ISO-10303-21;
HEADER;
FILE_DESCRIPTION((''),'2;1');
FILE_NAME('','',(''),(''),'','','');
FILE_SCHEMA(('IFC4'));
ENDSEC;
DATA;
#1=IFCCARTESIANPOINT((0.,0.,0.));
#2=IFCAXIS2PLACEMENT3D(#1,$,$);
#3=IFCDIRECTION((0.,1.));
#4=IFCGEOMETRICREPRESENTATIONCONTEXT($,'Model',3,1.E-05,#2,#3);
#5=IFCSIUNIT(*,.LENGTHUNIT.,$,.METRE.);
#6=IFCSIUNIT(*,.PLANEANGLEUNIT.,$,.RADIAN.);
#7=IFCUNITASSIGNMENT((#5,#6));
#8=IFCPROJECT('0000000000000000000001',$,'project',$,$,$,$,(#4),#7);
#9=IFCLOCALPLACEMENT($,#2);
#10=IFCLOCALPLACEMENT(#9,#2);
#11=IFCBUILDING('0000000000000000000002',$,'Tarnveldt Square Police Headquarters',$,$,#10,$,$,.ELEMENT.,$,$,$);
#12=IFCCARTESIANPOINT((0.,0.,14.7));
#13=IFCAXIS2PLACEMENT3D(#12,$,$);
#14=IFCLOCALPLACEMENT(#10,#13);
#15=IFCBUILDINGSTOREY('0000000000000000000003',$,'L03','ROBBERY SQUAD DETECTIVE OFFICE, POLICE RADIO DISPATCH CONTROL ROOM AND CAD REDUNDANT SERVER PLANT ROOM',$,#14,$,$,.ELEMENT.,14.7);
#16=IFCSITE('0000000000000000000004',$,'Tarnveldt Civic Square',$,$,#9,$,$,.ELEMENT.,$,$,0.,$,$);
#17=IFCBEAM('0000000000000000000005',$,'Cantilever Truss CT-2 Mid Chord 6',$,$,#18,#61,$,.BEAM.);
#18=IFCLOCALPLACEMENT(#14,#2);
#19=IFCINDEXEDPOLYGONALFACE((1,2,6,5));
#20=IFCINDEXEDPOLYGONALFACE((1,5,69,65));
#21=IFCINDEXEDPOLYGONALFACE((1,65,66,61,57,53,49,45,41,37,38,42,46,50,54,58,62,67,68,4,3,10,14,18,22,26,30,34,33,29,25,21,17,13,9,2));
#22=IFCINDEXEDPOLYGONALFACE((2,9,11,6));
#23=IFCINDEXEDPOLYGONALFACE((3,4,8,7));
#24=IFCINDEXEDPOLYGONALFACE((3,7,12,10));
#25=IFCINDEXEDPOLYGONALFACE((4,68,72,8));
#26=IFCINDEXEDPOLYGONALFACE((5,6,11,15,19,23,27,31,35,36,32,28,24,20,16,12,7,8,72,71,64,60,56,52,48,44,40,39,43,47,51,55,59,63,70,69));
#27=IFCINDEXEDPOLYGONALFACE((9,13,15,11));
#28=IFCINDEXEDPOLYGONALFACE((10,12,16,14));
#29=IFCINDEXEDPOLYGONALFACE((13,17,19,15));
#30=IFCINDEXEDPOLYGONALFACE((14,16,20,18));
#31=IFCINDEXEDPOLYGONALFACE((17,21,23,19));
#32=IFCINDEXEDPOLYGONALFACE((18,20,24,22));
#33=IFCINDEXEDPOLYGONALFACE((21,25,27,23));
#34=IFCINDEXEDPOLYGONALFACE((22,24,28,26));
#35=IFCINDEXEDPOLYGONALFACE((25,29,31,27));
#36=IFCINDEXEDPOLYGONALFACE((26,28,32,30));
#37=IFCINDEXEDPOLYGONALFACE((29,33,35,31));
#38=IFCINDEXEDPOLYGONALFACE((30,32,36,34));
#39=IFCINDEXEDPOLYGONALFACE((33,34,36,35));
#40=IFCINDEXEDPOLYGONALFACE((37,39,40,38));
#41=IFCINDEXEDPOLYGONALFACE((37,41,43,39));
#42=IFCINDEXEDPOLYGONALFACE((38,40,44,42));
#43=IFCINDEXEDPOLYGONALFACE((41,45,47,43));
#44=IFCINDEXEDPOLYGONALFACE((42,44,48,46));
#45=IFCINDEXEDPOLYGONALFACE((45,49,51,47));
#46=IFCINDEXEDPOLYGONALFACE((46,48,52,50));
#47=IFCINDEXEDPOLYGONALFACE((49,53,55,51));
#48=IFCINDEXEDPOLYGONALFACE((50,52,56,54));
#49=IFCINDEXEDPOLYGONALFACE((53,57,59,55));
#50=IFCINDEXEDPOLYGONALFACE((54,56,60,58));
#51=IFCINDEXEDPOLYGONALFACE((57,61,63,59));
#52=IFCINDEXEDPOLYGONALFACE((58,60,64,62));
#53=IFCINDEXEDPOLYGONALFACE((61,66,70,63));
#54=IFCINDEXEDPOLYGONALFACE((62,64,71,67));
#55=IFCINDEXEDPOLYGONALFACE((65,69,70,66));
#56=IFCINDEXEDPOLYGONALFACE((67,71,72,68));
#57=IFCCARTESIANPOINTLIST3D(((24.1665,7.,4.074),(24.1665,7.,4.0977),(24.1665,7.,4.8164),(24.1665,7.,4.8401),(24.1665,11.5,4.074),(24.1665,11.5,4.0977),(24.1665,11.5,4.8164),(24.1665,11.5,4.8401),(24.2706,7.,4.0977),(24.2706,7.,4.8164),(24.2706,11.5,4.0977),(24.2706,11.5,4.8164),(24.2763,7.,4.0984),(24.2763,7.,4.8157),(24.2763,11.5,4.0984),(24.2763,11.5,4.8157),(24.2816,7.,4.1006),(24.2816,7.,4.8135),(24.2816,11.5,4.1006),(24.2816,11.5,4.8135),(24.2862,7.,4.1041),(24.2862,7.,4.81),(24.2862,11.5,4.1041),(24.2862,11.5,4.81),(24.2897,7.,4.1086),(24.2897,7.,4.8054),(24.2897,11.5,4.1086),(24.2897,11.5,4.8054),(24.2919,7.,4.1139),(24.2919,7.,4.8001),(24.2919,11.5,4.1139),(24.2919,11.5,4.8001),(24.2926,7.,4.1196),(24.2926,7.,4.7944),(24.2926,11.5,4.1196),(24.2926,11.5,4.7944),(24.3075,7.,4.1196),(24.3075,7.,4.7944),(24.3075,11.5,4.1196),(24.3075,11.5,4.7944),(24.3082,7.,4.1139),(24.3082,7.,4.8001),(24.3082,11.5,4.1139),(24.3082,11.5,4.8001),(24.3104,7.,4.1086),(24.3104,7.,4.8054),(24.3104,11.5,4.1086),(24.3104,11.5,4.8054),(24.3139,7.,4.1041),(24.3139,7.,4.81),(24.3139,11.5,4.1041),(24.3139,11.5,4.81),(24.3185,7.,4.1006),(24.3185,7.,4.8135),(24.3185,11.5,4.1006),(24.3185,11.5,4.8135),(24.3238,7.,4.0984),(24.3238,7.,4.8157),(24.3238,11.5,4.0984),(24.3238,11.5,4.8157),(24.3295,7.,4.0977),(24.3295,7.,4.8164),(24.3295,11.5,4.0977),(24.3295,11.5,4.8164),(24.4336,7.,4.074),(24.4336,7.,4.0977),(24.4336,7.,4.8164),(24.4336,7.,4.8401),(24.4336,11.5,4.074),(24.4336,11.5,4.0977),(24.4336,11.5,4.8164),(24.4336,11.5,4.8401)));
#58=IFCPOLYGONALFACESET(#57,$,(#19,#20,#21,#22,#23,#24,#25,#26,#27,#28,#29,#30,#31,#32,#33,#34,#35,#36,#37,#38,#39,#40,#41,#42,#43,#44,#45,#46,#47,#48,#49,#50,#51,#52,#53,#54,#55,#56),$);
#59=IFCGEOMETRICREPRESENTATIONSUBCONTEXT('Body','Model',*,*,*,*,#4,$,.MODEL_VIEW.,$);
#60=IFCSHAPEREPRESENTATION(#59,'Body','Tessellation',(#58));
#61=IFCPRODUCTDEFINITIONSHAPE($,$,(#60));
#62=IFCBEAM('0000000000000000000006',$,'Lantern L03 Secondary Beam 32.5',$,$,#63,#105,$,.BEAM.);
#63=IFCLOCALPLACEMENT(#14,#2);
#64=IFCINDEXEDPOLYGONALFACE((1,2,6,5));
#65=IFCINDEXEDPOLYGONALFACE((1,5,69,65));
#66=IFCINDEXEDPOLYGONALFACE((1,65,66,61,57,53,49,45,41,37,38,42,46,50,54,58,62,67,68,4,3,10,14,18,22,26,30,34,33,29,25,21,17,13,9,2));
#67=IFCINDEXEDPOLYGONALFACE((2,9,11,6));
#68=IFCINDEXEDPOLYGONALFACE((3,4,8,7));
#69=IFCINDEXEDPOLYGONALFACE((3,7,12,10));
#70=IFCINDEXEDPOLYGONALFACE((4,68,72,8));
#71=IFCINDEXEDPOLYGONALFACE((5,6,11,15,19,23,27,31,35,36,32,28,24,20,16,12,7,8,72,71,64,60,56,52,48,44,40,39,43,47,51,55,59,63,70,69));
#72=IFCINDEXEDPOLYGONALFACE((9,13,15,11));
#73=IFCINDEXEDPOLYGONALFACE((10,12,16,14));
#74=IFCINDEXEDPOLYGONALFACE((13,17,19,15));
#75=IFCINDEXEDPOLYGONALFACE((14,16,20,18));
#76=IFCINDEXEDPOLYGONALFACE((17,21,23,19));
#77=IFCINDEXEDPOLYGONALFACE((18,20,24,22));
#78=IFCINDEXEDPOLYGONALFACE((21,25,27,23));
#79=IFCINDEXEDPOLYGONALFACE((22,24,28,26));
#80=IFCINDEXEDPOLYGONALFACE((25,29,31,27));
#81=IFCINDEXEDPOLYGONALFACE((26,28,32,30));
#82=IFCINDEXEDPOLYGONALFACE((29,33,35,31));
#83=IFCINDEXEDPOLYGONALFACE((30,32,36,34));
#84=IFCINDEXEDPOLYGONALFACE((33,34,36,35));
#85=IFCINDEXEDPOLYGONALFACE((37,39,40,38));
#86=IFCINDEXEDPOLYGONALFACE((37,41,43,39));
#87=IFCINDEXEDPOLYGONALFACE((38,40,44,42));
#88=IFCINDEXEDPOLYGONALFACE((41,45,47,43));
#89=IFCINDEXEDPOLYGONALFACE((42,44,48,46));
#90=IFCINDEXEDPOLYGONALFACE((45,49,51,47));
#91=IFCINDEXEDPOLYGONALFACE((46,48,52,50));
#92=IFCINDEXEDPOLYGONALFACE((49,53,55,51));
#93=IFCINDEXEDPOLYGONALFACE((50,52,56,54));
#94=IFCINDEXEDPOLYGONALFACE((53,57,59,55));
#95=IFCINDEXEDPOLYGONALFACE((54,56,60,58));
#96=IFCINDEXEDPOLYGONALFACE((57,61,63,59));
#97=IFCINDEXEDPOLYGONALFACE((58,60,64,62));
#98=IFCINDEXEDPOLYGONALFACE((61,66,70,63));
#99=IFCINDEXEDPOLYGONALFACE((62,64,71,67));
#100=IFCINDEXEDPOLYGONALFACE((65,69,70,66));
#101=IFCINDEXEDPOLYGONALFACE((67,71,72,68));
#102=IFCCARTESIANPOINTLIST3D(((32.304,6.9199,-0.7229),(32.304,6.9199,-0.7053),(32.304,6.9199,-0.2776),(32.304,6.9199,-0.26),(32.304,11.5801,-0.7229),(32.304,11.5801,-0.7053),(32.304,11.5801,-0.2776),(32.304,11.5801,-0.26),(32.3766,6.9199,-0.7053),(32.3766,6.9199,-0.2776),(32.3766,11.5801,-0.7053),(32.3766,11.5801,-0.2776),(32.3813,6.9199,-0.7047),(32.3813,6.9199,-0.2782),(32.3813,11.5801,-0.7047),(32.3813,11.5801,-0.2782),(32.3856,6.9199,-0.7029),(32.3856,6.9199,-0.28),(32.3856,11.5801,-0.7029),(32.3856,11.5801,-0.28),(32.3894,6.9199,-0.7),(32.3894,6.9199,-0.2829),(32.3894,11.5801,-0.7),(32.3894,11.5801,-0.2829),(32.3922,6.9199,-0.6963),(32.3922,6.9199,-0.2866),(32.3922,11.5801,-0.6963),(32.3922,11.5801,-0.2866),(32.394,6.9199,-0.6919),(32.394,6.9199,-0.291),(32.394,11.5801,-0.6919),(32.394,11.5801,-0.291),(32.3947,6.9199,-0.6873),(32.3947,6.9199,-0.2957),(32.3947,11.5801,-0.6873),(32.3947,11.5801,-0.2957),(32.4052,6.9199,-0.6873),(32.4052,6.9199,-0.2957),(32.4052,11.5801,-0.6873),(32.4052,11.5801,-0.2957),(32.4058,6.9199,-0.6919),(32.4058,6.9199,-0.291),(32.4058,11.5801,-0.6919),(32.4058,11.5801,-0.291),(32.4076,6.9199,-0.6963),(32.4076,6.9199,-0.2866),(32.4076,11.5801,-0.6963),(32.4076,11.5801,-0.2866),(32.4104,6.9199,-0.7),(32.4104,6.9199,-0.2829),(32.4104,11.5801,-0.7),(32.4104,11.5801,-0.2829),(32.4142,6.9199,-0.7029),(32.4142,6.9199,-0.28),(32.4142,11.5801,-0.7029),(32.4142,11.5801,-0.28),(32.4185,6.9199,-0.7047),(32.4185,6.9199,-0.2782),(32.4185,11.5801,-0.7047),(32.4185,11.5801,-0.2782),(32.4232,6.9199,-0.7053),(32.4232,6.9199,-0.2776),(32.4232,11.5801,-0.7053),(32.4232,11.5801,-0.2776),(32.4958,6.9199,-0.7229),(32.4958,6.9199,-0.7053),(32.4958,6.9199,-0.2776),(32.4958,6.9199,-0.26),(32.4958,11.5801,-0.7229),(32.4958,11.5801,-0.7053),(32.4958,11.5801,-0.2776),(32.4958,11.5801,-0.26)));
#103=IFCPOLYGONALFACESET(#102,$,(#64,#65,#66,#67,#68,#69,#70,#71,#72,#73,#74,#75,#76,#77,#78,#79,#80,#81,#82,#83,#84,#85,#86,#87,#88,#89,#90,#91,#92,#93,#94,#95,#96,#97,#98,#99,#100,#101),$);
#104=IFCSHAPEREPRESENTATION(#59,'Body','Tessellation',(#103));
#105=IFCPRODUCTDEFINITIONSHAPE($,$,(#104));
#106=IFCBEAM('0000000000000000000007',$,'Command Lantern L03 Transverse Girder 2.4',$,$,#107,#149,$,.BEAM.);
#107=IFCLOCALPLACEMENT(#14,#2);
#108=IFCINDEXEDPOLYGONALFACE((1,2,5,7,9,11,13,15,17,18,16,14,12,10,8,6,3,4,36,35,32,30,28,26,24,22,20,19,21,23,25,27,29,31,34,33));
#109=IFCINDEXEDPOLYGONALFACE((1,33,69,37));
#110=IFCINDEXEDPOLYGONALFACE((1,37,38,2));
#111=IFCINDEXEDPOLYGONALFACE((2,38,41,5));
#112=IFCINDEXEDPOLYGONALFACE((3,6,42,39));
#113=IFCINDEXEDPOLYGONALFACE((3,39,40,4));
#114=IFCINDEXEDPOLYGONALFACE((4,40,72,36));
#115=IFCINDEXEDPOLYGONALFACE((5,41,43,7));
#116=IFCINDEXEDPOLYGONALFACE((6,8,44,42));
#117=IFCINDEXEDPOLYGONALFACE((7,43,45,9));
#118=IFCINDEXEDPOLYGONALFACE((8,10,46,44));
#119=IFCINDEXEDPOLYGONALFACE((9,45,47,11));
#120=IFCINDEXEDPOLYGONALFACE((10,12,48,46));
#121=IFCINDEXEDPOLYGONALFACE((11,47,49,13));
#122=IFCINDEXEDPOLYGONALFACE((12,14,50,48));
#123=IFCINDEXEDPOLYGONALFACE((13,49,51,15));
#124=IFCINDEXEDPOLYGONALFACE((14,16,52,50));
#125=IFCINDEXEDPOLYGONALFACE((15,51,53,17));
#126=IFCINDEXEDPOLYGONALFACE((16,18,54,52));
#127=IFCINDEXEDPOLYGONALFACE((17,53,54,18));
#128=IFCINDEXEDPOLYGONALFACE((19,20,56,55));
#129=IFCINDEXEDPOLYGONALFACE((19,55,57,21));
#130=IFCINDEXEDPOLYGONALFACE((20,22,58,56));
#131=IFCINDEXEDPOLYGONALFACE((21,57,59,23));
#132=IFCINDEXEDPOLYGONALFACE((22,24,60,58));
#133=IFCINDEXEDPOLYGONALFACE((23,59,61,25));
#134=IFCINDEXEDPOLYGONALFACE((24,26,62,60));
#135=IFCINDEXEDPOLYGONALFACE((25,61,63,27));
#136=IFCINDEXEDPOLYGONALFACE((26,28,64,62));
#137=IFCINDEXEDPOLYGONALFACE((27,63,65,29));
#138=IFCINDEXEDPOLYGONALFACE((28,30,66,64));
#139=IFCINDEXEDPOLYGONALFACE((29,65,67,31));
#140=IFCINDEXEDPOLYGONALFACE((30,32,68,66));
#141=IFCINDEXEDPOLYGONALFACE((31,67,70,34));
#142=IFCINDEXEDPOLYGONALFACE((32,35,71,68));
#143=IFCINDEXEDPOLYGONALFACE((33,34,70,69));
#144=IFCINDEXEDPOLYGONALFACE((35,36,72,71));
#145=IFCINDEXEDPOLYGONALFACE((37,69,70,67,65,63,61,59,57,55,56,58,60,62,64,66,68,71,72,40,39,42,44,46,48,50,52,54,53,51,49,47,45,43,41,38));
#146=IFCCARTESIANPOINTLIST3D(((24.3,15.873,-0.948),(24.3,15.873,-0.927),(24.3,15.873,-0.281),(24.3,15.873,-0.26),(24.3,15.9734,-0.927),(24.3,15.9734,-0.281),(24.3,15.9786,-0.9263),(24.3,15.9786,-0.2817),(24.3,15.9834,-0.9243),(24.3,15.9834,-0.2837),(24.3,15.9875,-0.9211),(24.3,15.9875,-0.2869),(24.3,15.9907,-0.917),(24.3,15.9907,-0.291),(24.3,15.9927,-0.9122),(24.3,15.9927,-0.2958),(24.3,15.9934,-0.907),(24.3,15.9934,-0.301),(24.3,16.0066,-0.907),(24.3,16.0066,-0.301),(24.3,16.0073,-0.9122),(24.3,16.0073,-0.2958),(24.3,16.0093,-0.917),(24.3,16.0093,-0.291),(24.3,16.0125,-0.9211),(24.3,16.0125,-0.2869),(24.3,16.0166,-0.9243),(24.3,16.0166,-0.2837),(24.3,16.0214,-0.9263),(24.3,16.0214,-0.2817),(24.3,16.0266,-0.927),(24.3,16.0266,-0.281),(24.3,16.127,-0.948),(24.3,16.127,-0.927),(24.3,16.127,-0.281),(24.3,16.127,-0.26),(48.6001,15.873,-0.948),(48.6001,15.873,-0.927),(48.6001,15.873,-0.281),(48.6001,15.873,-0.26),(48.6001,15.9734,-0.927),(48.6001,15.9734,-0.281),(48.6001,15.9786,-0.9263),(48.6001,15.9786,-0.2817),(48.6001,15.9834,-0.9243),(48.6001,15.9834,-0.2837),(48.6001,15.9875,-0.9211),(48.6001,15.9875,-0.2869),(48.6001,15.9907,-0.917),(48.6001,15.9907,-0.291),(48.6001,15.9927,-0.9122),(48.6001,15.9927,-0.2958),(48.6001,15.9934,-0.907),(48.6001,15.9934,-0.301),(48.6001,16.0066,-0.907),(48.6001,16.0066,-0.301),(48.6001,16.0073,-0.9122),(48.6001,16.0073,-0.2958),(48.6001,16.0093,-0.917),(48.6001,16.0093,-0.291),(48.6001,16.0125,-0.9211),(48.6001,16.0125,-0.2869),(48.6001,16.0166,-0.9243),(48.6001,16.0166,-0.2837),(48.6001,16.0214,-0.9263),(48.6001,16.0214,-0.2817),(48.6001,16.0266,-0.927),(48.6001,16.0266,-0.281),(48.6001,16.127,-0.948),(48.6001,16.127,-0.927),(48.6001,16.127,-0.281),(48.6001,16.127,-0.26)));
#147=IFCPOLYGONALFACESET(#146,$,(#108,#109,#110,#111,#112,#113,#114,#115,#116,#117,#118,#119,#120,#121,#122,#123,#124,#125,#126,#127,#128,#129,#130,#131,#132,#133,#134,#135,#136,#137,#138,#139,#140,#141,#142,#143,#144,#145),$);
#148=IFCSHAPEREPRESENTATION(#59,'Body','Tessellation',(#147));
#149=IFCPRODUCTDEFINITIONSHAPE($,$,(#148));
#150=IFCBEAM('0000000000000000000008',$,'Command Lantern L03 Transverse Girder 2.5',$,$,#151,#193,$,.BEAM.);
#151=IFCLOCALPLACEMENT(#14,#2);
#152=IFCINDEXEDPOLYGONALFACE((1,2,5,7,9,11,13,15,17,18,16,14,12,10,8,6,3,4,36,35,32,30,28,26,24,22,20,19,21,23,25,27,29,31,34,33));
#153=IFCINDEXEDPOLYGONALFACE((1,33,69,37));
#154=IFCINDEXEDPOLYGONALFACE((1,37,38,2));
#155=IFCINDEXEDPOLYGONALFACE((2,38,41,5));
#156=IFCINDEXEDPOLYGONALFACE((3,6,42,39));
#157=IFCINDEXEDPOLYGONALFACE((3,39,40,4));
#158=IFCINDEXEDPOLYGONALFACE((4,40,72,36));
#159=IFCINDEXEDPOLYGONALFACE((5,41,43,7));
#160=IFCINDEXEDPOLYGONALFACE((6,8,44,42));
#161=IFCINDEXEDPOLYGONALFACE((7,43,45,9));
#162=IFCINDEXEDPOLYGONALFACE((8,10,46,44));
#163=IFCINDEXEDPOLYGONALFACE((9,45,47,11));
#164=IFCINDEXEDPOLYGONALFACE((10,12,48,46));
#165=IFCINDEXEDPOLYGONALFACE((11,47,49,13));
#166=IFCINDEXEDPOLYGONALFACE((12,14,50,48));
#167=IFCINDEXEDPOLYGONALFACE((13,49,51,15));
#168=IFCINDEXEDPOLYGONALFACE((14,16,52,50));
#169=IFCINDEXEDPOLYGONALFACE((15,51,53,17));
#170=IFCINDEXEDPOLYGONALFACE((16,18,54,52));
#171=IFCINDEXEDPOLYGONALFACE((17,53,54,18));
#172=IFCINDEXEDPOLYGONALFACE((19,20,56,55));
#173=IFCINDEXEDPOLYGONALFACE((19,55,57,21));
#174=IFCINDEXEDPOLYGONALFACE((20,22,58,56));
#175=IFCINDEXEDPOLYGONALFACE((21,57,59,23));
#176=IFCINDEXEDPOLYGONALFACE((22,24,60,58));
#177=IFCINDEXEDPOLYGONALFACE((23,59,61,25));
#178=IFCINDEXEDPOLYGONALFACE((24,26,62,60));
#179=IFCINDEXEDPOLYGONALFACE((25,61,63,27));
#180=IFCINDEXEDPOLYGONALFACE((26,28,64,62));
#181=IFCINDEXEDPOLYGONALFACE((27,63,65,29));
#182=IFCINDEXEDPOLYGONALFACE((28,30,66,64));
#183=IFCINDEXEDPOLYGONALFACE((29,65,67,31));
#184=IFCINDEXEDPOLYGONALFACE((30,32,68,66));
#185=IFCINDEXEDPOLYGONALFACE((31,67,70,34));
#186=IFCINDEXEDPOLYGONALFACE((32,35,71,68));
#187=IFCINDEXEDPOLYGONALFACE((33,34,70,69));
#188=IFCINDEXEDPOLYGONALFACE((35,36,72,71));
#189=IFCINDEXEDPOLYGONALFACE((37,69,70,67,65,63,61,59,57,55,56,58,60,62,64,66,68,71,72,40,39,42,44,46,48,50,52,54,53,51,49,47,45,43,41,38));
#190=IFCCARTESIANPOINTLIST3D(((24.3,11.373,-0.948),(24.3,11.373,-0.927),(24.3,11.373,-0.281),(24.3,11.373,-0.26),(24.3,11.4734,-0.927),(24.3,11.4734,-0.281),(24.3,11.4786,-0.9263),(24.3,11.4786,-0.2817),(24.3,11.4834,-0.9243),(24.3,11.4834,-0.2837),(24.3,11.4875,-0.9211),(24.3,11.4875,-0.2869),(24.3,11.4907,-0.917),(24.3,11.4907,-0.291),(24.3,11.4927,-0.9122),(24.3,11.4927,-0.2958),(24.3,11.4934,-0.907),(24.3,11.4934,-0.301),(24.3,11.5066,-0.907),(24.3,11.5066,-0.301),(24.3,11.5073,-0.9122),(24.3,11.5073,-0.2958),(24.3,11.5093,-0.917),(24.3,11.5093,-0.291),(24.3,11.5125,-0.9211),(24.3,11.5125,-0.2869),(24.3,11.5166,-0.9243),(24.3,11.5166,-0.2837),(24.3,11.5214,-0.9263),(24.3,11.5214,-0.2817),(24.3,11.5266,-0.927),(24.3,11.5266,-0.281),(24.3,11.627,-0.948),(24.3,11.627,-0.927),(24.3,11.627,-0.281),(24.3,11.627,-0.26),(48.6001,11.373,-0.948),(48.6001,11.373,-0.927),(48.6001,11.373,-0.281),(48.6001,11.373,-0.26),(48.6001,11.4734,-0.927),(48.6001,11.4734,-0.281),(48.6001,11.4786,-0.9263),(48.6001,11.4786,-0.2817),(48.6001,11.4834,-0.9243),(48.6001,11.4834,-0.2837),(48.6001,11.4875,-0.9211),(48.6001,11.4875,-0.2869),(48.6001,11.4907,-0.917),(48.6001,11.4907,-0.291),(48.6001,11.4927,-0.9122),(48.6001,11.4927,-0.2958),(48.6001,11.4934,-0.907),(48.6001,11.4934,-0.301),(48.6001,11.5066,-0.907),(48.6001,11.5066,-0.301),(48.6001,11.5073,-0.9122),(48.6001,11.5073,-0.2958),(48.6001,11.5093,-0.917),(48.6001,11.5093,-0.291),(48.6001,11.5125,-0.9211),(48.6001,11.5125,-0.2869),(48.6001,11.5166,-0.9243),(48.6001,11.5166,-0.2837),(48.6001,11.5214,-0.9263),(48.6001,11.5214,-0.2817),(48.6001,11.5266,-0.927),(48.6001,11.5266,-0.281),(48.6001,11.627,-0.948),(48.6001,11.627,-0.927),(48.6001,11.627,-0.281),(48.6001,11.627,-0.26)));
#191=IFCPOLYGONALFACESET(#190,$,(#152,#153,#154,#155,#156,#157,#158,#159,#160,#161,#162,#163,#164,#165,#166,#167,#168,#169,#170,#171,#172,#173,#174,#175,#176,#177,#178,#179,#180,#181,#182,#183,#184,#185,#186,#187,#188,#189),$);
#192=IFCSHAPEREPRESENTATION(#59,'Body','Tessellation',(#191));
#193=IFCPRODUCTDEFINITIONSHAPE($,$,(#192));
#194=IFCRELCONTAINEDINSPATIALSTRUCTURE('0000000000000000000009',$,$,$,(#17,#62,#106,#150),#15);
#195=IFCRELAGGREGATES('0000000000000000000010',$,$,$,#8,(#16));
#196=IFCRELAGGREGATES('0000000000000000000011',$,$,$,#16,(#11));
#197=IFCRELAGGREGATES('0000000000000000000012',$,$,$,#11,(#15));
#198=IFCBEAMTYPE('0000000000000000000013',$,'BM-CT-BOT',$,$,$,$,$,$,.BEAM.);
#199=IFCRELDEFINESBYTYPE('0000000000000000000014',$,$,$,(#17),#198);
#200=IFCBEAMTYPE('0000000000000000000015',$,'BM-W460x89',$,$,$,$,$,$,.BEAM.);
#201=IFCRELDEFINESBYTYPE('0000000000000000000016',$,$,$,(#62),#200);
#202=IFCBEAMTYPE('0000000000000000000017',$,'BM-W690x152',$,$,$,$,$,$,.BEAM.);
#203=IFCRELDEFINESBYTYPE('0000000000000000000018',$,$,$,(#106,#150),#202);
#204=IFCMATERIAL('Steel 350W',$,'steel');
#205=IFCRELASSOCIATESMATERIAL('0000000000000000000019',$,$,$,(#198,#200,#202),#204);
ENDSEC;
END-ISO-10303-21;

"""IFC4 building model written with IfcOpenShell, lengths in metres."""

from ifc_helpers import new_model, si_unit, direction, frame, origin, origin_2d, place, context, subcontext, project, spatial, i_section, extrude, material, material_profile, profile_set, type_object, element, save


model = new_model("IFC4")

# Units and contexts
model_context = context("Model", 3, precision=1e-05, world=origin(), true_north=direction((0.0, 1.0)))
body_context = subcontext(model_context, "Body", "Model", "MODEL_VIEW")
ifc_project = project(units=[si_unit("LENGTHUNIT", "METRE"), si_unit("PLANEANGLEUNIT", "RADIAN")], contexts=[model_context])

# Site, building, storey
site_placement = place(None, origin())
site = spatial("IfcSite", under=ifc_project, at=site_placement, Name="Tarnveldt Civic Square", CompositionType="ELEMENT", RefElevation=0.0)
building_placement = place(site_placement, origin())
building = spatial("IfcBuilding", under=site, at=building_placement, Name="Tarnveldt Square Police Headquarters", CompositionType="ELEMENT")
storey_placement = place(building_placement, frame((0.0, 0.0, 14.7)))
storey = spatial("IfcBuildingStorey", under=building, at=storey_placement, Name="L03", Description="ROBBERY SQUAD DETECTIVE OFFICE, POLICE RADIO DISPATCH CONTROL ROOM AND CAD REDUNDANT SERVER PLANT ROOM", CompositionType="ELEMENT", Elevation=14.7)

# Shared definitions
ifc_material_1 = material(Name="Steel 350W", Category="steel")

# Beams
ifc_material_profile_1 = material_profile(ifc_material_1, i_section(OverallWidth=0.2671, OverallDepth=0.7661, WebThickness=0.0149, FlangeThickness=0.0237, FilletRadius=0.022, at=origin_2d()), Name="W760x185")
ifc_profile_set_1 = profile_set([ifc_material_profile_1], Name="Steel 350W")
beam_type_1 = type_object("IfcBeamType", Name="BM-CT-BOT", PredefinedType="BEAM", material=ifc_profile_set_1)
for number, where, z_axis, x_axis, name in (
    (1, (24.3, 11.5, 4.457), (0.0, -1.0, 0.0), (1.0, 0.0, 0.0), "Cantilever Truss CT-2 Mid Chord 6"),
):
    element("IfcBeam", number, at=place(storey_placement, frame(where, z_axis=z_axis, x_axis=x_axis)), inside=storey, type_object=beam_type_1, Name=name, PredefinedType="BEAM", context=body_context, shape_type="SweptSolid", body=[
        extrude(i_section(OverallWidth=0.2671, OverallDepth=0.7661, WebThickness=0.0149, FlangeThickness=0.0237, FilletRadius=0.022, at=origin_2d()), origin(), (0.0, 0.0, 1.0), 4.5),
    ])
ifc_material_profile_2 = material_profile(ifc_material_1, i_section(OverallWidth=0.1919, OverallDepth=0.4629, WebThickness=0.0105, FlangeThickness=0.0176, FilletRadius=0.0181, at=origin_2d()), Name="W460x89")
ifc_profile_set_2 = profile_set([ifc_material_profile_2], Name="Steel 350W")
beam_type_2 = type_object("IfcBeamType", Name="BM-W460x89", PredefinedType="BEAM", material=ifc_profile_set_2)
beam_placement = place(storey_placement, frame((32.3999, 11.5801, -0.4915), z_axis=(0.0, -1.0, 0.0), x_axis=(1.0, 0.0, 0.0)))
element("IfcBeam", 2, at=beam_placement, inside=storey, type_object=beam_type_2, Name="Lantern L03 Secondary Beam 32.5", PredefinedType="BEAM", context=body_context, shape_type="SweptSolid", body=[
    extrude(i_section(OverallWidth=0.1919, OverallDepth=0.4629, WebThickness=0.0105, FlangeThickness=0.0176, FilletRadius=0.0181, at=origin_2d()), origin(), (0.0, 0.0, 1.0), 4.6602),
])
ifc_material_profile_3 = material_profile(ifc_material_1, i_section(OverallWidth=0.2539, OverallDepth=0.688, WebThickness=0.0132, FlangeThickness=0.021, FilletRadius=0.02, at=origin_2d()), Name="W690x152")
ifc_profile_set_3 = profile_set([ifc_material_profile_3], Name="Steel 350W")
beam_type_3 = type_object("IfcBeamType", Name="BM-W690x152", PredefinedType="BEAM", material=ifc_profile_set_3)
for number, where, z_axis, x_axis, name in (
    (3, (24.3, 16.0, -0.604), (1.0, 0.0, 0.0), (0.0, 1.0, 0.0), "Command Lantern L03 Transverse Girder 2.4"),
    (4, (24.3, 11.5, -0.604), (1.0, 0.0, 0.0), (0.0, 1.0, 0.0), "Command Lantern L03 Transverse Girder 2.5"),
):
    element("IfcBeam", number, at=place(storey_placement, frame(where, z_axis=z_axis, x_axis=x_axis)), inside=storey, type_object=beam_type_3, Name=name, PredefinedType="BEAM", context=body_context, shape_type="SweptSolid", body=[
        extrude(i_section(OverallWidth=0.2539, OverallDepth=0.688, WebThickness=0.0132, FlangeThickness=0.021, FilletRadius=0.02, at=origin_2d()), origin(), (0.0, 0.0, 1.0), 24.3),
    ])

save(model, "model.ifc")
